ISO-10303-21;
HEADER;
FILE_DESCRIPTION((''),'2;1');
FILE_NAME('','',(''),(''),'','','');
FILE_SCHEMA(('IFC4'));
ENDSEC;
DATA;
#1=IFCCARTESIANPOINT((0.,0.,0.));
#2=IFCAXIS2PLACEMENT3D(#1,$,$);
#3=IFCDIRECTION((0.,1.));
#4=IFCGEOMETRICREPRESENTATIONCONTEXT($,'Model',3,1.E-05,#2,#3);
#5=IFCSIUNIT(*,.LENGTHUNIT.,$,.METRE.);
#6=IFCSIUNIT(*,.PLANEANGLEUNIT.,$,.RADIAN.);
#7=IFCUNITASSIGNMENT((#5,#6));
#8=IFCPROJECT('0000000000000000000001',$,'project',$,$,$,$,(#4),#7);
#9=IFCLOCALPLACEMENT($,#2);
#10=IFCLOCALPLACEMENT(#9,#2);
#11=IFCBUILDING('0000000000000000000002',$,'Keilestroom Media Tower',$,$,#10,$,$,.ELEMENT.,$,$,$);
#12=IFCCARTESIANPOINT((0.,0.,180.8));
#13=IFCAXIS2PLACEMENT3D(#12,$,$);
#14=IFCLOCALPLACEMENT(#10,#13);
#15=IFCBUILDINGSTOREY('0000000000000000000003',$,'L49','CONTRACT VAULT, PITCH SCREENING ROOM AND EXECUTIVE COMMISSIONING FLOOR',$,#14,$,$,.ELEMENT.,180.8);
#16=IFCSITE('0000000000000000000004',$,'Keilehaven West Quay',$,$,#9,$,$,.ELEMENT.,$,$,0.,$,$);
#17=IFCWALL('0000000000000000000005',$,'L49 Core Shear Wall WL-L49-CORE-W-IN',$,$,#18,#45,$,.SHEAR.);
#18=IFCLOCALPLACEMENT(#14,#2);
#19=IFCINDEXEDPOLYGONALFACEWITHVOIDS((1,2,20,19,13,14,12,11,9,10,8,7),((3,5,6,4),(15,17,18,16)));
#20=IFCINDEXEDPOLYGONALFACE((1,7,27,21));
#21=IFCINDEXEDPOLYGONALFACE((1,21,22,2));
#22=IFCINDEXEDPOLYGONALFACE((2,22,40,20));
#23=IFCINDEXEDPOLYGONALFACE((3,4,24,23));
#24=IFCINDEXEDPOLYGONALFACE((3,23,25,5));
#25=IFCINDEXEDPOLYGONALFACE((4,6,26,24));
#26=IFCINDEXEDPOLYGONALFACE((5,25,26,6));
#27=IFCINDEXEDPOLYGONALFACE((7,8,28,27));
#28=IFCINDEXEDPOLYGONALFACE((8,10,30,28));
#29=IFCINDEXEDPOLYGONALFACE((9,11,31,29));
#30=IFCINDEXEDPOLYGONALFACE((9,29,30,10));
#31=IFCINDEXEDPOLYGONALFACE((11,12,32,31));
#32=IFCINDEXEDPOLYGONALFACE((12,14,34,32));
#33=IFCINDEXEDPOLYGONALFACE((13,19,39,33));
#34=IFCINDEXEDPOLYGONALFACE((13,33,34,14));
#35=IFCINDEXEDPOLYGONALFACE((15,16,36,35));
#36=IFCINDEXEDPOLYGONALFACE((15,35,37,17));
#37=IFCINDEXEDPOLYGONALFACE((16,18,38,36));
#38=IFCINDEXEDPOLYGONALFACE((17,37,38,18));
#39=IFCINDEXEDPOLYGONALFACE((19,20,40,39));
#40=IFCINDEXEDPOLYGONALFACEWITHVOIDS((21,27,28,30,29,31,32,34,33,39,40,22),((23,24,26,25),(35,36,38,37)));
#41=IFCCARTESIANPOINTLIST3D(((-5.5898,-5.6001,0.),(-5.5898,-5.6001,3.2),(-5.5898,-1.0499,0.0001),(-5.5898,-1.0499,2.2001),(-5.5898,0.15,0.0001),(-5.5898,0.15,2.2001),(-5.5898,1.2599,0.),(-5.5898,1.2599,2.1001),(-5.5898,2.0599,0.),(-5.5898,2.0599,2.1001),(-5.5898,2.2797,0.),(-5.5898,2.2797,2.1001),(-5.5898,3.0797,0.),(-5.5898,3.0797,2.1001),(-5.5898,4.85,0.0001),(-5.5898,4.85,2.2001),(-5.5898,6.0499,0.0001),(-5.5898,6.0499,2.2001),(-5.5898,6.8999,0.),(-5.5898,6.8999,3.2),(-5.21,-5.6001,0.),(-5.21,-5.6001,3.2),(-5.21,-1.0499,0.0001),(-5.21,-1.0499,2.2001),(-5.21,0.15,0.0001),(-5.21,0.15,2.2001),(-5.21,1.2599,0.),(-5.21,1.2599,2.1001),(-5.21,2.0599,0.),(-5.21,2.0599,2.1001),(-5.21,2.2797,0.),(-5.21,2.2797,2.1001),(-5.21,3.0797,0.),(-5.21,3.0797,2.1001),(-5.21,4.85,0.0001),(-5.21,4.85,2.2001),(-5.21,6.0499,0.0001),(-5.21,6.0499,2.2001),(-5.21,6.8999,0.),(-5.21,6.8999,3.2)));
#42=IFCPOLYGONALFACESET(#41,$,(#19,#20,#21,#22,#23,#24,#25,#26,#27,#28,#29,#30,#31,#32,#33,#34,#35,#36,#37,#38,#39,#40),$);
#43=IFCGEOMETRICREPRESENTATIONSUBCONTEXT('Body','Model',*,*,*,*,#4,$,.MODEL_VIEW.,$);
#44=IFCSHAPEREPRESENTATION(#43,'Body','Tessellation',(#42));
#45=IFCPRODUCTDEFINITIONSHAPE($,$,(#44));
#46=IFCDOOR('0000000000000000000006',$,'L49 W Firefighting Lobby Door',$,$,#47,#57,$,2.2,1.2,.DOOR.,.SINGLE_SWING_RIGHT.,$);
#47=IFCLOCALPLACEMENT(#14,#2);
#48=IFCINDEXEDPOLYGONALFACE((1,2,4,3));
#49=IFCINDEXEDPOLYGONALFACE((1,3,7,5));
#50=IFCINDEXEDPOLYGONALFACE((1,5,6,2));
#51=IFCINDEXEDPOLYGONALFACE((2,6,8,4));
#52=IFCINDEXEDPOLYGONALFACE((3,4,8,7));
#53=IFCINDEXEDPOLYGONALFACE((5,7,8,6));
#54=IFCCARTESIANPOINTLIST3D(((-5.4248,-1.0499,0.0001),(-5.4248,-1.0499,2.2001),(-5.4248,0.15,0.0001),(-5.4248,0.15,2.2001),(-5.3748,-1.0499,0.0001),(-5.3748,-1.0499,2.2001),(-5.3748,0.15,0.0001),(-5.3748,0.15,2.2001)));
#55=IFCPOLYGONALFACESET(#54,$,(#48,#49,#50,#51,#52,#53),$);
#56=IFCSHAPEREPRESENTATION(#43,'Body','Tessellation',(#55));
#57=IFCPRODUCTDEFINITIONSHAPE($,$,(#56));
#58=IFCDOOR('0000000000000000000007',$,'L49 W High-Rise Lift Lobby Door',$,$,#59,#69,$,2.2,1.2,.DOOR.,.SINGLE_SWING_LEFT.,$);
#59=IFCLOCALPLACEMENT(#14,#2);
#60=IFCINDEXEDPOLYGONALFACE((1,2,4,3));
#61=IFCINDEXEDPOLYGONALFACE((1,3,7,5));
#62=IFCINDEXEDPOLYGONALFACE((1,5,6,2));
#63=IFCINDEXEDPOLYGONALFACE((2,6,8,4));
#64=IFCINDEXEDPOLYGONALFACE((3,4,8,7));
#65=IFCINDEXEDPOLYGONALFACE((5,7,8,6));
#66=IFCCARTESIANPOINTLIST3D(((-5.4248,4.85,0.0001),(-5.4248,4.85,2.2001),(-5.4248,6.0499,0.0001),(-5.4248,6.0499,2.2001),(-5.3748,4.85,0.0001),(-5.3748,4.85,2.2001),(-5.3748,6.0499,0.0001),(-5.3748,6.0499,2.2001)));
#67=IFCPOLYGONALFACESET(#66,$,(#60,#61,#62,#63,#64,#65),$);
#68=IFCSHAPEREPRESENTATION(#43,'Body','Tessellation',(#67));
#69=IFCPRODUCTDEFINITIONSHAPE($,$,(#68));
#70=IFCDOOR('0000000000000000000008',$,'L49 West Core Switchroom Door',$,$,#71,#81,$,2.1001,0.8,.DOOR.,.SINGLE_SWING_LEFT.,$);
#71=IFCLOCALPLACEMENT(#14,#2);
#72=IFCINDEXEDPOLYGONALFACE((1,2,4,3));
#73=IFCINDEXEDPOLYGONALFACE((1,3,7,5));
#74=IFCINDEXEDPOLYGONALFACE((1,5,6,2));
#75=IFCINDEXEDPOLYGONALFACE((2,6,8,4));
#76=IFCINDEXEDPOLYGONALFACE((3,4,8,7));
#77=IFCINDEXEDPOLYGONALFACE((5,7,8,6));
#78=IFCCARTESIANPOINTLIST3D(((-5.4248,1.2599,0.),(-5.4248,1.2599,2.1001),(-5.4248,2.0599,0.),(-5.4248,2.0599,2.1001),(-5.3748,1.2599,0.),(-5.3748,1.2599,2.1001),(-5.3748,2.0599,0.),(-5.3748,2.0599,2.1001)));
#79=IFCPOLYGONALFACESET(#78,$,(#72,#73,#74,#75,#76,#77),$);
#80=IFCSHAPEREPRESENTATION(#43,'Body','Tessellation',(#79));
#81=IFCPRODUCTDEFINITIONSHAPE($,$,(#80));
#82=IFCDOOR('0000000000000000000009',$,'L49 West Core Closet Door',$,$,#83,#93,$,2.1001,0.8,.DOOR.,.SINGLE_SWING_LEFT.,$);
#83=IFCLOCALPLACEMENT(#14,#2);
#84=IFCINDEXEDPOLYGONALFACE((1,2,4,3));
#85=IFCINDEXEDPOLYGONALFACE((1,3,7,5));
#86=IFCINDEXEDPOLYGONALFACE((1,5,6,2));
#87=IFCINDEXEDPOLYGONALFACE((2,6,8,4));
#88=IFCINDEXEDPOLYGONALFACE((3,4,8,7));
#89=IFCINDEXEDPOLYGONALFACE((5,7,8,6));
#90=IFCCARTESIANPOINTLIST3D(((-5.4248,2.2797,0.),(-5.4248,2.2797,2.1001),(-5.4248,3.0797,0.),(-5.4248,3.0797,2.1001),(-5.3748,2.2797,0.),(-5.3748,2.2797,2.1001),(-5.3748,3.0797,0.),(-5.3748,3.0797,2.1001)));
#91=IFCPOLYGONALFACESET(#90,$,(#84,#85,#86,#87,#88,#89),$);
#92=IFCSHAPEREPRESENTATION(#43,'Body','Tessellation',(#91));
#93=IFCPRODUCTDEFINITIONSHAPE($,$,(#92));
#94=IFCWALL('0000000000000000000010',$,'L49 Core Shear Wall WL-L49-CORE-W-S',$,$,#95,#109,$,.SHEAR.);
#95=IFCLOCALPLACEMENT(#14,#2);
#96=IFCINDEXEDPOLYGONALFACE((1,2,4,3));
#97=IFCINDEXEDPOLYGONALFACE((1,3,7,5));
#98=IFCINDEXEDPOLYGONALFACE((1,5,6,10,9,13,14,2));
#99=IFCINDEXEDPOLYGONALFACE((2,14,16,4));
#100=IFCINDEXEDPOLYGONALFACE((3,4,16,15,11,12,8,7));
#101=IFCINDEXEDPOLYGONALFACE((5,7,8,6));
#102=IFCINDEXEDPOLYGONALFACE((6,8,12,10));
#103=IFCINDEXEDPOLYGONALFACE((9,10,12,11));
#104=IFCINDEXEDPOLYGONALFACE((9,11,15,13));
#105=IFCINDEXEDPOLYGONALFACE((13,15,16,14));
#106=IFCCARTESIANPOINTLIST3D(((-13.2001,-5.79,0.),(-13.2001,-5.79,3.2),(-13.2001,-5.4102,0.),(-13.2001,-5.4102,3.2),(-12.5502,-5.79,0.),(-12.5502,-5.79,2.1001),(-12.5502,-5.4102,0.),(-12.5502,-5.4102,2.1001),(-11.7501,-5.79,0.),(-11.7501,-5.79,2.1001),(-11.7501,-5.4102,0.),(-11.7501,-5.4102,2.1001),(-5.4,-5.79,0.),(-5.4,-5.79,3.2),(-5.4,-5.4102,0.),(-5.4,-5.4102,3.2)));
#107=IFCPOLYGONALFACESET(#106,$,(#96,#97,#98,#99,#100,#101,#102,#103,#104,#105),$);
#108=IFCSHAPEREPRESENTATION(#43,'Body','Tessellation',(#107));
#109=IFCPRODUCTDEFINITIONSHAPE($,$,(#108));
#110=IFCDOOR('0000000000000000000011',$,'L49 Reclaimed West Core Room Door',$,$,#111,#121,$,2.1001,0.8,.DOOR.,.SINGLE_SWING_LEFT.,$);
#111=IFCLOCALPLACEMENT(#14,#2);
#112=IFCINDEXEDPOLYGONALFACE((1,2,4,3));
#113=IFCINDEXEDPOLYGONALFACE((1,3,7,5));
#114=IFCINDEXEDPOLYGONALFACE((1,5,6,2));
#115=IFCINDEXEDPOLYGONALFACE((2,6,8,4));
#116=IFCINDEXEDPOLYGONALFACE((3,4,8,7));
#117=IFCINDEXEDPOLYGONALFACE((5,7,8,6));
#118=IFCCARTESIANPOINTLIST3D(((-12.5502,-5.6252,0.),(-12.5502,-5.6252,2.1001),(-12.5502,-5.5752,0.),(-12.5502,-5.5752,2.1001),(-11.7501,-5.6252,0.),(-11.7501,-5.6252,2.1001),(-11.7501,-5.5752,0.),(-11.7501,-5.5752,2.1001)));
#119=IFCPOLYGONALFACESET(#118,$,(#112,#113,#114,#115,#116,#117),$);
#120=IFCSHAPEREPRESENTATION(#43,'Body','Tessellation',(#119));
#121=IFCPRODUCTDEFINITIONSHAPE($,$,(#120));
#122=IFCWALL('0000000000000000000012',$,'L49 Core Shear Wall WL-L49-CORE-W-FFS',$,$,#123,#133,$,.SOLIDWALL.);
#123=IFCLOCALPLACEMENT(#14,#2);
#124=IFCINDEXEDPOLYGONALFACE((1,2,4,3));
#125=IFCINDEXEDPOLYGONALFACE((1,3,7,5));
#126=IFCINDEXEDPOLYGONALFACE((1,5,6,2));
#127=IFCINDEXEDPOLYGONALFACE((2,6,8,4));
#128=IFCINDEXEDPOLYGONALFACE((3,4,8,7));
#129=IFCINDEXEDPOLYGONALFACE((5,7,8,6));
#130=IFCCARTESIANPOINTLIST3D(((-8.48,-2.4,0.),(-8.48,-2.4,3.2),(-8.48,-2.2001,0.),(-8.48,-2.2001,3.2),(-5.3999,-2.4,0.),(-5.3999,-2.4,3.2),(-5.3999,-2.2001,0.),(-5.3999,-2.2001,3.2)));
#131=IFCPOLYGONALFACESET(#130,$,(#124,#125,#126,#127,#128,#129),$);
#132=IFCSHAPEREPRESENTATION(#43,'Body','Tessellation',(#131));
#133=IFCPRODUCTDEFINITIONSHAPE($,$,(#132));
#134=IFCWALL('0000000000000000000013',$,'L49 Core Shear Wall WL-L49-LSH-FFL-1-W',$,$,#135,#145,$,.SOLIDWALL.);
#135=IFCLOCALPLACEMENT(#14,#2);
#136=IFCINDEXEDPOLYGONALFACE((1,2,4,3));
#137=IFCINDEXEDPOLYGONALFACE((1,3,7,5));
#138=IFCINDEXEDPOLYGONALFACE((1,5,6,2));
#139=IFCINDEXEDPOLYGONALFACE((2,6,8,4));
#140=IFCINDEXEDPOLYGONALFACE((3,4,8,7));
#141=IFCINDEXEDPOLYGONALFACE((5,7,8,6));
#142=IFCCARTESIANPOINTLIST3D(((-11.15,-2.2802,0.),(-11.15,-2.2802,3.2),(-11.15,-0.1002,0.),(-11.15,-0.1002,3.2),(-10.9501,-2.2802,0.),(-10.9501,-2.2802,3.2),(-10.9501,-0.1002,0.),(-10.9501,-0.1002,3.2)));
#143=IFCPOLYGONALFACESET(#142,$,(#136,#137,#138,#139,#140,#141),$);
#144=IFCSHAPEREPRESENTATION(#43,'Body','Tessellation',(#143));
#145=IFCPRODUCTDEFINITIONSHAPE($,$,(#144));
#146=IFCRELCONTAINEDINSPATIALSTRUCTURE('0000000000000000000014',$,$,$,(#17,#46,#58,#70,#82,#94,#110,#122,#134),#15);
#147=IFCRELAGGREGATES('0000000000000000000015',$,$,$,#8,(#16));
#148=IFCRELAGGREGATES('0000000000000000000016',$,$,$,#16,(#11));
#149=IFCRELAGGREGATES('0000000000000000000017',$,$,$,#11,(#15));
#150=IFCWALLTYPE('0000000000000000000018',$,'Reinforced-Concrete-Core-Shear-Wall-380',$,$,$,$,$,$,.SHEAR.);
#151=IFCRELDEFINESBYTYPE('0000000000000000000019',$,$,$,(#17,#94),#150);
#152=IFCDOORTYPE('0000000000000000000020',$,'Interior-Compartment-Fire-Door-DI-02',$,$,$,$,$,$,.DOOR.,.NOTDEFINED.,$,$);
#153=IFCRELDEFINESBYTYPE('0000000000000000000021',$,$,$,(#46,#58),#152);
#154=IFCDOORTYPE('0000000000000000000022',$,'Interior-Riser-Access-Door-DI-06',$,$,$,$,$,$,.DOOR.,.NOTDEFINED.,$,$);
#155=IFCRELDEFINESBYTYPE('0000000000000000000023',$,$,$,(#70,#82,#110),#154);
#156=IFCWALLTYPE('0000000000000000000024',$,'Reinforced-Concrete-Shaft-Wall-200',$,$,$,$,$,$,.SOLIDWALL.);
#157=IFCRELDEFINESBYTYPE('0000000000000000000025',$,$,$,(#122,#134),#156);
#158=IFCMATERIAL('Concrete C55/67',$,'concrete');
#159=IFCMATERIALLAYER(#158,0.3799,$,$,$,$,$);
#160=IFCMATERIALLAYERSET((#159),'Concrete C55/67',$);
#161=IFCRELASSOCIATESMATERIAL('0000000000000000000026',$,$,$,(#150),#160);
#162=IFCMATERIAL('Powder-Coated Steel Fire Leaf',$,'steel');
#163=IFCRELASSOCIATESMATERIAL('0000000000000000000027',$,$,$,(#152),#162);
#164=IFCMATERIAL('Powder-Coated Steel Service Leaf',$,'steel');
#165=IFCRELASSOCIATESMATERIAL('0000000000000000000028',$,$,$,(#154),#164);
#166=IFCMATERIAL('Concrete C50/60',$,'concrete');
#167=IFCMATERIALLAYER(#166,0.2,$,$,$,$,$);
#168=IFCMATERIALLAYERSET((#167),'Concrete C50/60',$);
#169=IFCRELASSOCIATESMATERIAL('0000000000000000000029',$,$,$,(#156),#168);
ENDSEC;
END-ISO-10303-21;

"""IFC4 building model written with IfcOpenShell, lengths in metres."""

from ifc_helpers import new_model, si_unit, direction, frame, frame_2d, origin, place, context, subcontext, project, spatial, rectangle, extrude, source, transform, mapped, material, layer, layer_set, type_object, element, fill, save


model = new_model("IFC4")

# Units and contexts
model_context = context("Model", 3, precision=1e-05, world=origin(), true_north=direction((0.0, 1.0)))
body_context = subcontext(model_context, "Body", "Model", "MODEL_VIEW")
ifc_project = project(units=[si_unit("LENGTHUNIT", "METRE"), si_unit("PLANEANGLEUNIT", "RADIAN")], contexts=[model_context])

# Site, building, storey
site_placement = place(None, origin())
site = spatial("IfcSite", under=ifc_project, at=site_placement, Name="Keilehaven West Quay", CompositionType="ELEMENT", RefElevation=0.0)
building_placement = place(site_placement, origin())
building = spatial("IfcBuilding", under=site, at=building_placement, Name="Keilestroom Media Tower", CompositionType="ELEMENT")
storey_placement = place(building_placement, frame((0.0, 0.0, 180.8)))
storey = spatial("IfcBuildingStorey", under=building, at=storey_placement, Name="L49", Description="CONTRACT VAULT, PITCH SCREENING ROOM AND EXECUTIVE COMMISSIONING FLOOR", CompositionType="ELEMENT", Elevation=180.8)

# Shared definitions
ifc_material_1 = material(Name="Concrete C55/67", Category="concrete")
ifc_layer_1 = layer(ifc_material_1, 0.3799)
ifc_layer_set_1 = layer_set([ifc_layer_1], Name="Concrete C55/67")
wall_type_1 = type_object("IfcWallType", Name="Reinforced-Concrete-Core-Shear-Wall-380", PredefinedType="SHEAR", material=ifc_layer_set_1)

# Wall, openings, doors
wall_1_placement = place(storey_placement, frame((-5.3999, -5.6001, 0.0), z_axis=(0.0, 0.0, 1.0), x_axis=(0.0, 1.0, 0.0)))
wall_1 = element("IfcWall", 1, at=wall_1_placement, inside=storey, type_object=wall_type_1, Name="L49 Core Shear Wall WL-L49-CORE-W-IN", PredefinedType="SHEAR", context=body_context, shape_type="SweptSolid", body=[
    extrude(rectangle(XDim=12.5, YDim=0.3799, at=frame_2d((6.25, 0.0))), origin(), (0.0, 0.0, 1.0), 3.2),
])
opening_1_placement = place(wall_1_placement, frame((4.55, 0.0, 0.0)))
opening_1 = element("IfcOpeningElement", 2, at=opening_1_placement, cuts=wall_1, PredefinedType="OPENING", context=body_context, shape_type="SweptSolid", body=[
    extrude(rectangle(XDim=1.2, YDim=2.2, at=frame_2d((0.6001, 1.1001))), frame((0.0, 0.2, 0.0), z_axis=(0.0, -1.0, 0.0), x_axis=(1.0, 0.0, 0.0)), (0.0, 0.0, 1.0), 0.3999),
])
opening_2_placement = place(wall_1_placement, frame((10.45, 0.0, 0.0)))
opening_2 = element("IfcOpeningElement", 3, at=opening_2_placement, cuts=wall_1, PredefinedType="OPENING", context=body_context, shape_type="SweptSolid", body=[
    extrude(rectangle(XDim=1.2, YDim=2.2, at=frame_2d((0.6001, 1.1001))), frame((0.0, 0.2, 0.0), z_axis=(0.0, -1.0, 0.0), x_axis=(1.0, 0.0, 0.0)), (0.0, 0.0, 1.0), 0.3999),
])
opening_3_placement = place(wall_1_placement, frame((6.8601, 0.0, 0.0)))
opening_3 = element("IfcOpeningElement", 4, at=opening_3_placement, cuts=wall_1, PredefinedType="OPENING", context=body_context, shape_type="SweptSolid", body=[
    extrude(rectangle(XDim=0.8, YDim=2.1001, at=frame_2d((0.3999, 1.05))), frame((0.0, 0.2, 0.0), z_axis=(0.0, -1.0, 0.0), x_axis=(1.0, 0.0, 0.0)), (0.0, 0.0, 1.0), 0.3999),
])
opening_4_placement = place(wall_1_placement, frame((7.8799, 0.0, 0.0)))
opening_4 = element("IfcOpeningElement", 5, at=opening_4_placement, cuts=wall_1, PredefinedType="OPENING", context=body_context, shape_type="SweptSolid", body=[
    extrude(rectangle(XDim=0.8, YDim=2.1001, at=frame_2d((0.3999, 1.05))), frame((0.0, 0.2, 0.0), z_axis=(0.0, -1.0, 0.0), x_axis=(1.0, 0.0, 0.0)), (0.0, 0.0, 1.0), 0.3999),
])
ifc_material_2 = material(Name="Powder-Coated Steel Fire Leaf", Category="steel")
door_type_1 = type_object("IfcDoorType", Name="Interior-Compartment-Fire-Door-DI-02", OperationType="NOTDEFINED", PredefinedType="DOOR", material=ifc_material_2)
shared_shape_1 = source(origin(), body_context, "Body", "SweptSolid", [
    extrude(rectangle(XDim=1.2, YDim=2.2, at=frame_2d((0.6001, 1.1001))), frame((0.0, 0.0249, 0.0), z_axis=(0.0, -1.0, 0.0), x_axis=(1.0, 0.0, 0.0)), (0.0, 0.0, 1.0), 0.05),
])
door_1_placement = place(opening_1_placement, origin())
door_1 = element("IfcDoor", 6, at=door_1_placement, inside=storey, type_object=door_type_1, Name="L49 W Firefighting Lobby Door", OperationType="SINGLE_SWING_RIGHT", OverallHeight=2.2, OverallWidth=1.2, PredefinedType="DOOR", context=body_context, shape_type="MappedRepresentation", body=[
    mapped(shared_shape_1, transform((0.0, 0.0, 0.0), x_axis=(1.0, 0.0, 0.0), y_axis=(0.0, 1.0, 0.0), z_axis=(0.0, 0.0, 1.0), scale=1.0)),
])
fill(opening_1, door_1)
door_2_placement = place(opening_2_placement, origin())
door_2 = element("IfcDoor", 7, at=door_2_placement, inside=storey, type_object=door_type_1, Name="L49 W High-Rise Lift Lobby Door", OperationType="SINGLE_SWING_LEFT", OverallHeight=2.2, OverallWidth=1.2, PredefinedType="DOOR", context=body_context, shape_type="MappedRepresentation", body=[
    mapped(shared_shape_1, transform((0.0, 0.0, 0.0), x_axis=(1.0, 0.0, 0.0), y_axis=(0.0, 1.0, 0.0), z_axis=(0.0, 0.0, 1.0), scale=1.0)),
])
fill(opening_2, door_2)
ifc_material_3 = material(Name="Powder-Coated Steel Service Leaf", Category="steel")
door_type_2 = type_object("IfcDoorType", Name="Interior-Riser-Access-Door-DI-06", OperationType="NOTDEFINED", PredefinedType="DOOR", material=ifc_material_3)
shared_shape_2 = source(origin(), body_context, "Body", "SweptSolid", [
    extrude(rectangle(XDim=0.8, YDim=2.1001, at=frame_2d((0.3999, 1.05))), frame((0.0, 0.0249, 0.0), z_axis=(0.0, -1.0, 0.0), x_axis=(1.0, 0.0, 0.0)), (0.0, 0.0, 1.0), 0.05),
])
door_3_placement = place(opening_3_placement, origin())
door_3 = element("IfcDoor", 8, at=door_3_placement, inside=storey, type_object=door_type_2, Name="L49 West Core Switchroom Door", OperationType="SINGLE_SWING_LEFT", OverallHeight=2.1001, OverallWidth=0.8, PredefinedType="DOOR", context=body_context, shape_type="MappedRepresentation", body=[
    mapped(shared_shape_2, transform((0.0, 0.0, 0.0), x_axis=(1.0, 0.0, 0.0), y_axis=(0.0, 1.0, 0.0), z_axis=(0.0, 0.0, 1.0), scale=1.0)),
])
fill(opening_3, door_3)
door_4_placement = place(opening_4_placement, origin())
door_4 = element("IfcDoor", 9, at=door_4_placement, inside=storey, type_object=door_type_2, Name="L49 West Core Closet Door", OperationType="SINGLE_SWING_LEFT", OverallHeight=2.1001, OverallWidth=0.8, PredefinedType="DOOR", context=body_context, shape_type="MappedRepresentation", body=[
    mapped(shared_shape_2, transform((0.0, 0.0, 0.0), x_axis=(1.0, 0.0, 0.0), y_axis=(0.0, 1.0, 0.0), z_axis=(0.0, 0.0, 1.0), scale=1.0)),
])
fill(opening_4, door_4)

# Wall, opening, door
wall_2_placement = place(storey_placement, frame((-13.2, -5.6001, 0.0), z_axis=(0.0, 0.0, 1.0), x_axis=(1.0, 0.0, 0.0)))
wall_2 = element("IfcWall", 10, at=wall_2_placement, inside=storey, type_object=wall_type_1, Name="L49 Core Shear Wall WL-L49-CORE-W-S", PredefinedType="SHEAR", context=body_context, shape_type="SweptSolid", body=[
    extrude(rectangle(XDim=7.8, YDim=0.3799, at=frame_2d((3.8999, 0.0))), origin(), (0.0, 0.0, 1.0), 3.2),
])
opening_5_placement = place(wall_2_placement, frame((0.6499, 0.0, 0.0)))
opening_5 = element("IfcOpeningElement", 11, at=opening_5_placement, cuts=wall_2, PredefinedType="OPENING", context=body_context, shape_type="SweptSolid", body=[
    extrude(rectangle(XDim=0.8, YDim=2.1001, at=frame_2d((0.3999, 1.05))), frame((0.0, 0.2, 0.0), z_axis=(0.0, -1.0, 0.0), x_axis=(1.0, 0.0, 0.0)), (0.0, 0.0, 1.0), 0.3999),
])
door_5_placement = place(opening_5_placement, origin())
door_5 = element("IfcDoor", 12, at=door_5_placement, inside=storey, type_object=door_type_2, Name="L49 Reclaimed West Core Room Door", OperationType="SINGLE_SWING_LEFT", OverallHeight=2.1001, OverallWidth=0.8, PredefinedType="DOOR", context=body_context, shape_type="MappedRepresentation", body=[
    mapped(shared_shape_2, transform((0.0, 0.0, 0.0), x_axis=(1.0, 0.0, 0.0), y_axis=(0.0, 1.0, 0.0), z_axis=(0.0, 0.0, 1.0), scale=1.0)),
])
fill(opening_5, door_5)

# Walls
ifc_material_4 = material(Name="Concrete C50/60", Category="concrete")
ifc_layer_2 = layer(ifc_material_4, 0.2)
ifc_layer_set_2 = layer_set([ifc_layer_2], Name="Concrete C50/60")
wall_type_2 = type_object("IfcWallType", Name="Reinforced-Concrete-Shaft-Wall-200", PredefinedType="SOLIDWALL", material=ifc_layer_set_2)
wall_3_placement = place(storey_placement, frame((-8.48, -2.3, 0.0), z_axis=(0.0, 0.0, 1.0), x_axis=(1.0, 0.0, 0.0)))
element("IfcWall", 13, at=wall_3_placement, inside=storey, type_object=wall_type_2, Name="L49 Core Shear Wall WL-L49-CORE-W-FFS", PredefinedType="SOLIDWALL", context=body_context, shape_type="SweptSolid", body=[
    extrude(rectangle(XDim=3.0801, YDim=0.2, at=frame_2d((1.54, 0.0))), origin(), (0.0, 0.0, 1.0), 3.2),
])
wall_4_placement = place(storey_placement, frame((-11.05, -2.28, 0.0), z_axis=(0.0, 0.0, 1.0), x_axis=(0.0, 1.0, 0.0)))
element("IfcWall", 14, at=wall_4_placement, inside=storey, type_object=wall_type_2, Name="L49 Core Shear Wall WL-L49-LSH-FFL-1-W", PredefinedType="SOLIDWALL", context=body_context, shape_type="SweptSolid", body=[
    extrude(rectangle(XDim=2.1799, YDim=0.2, at=frame_2d((1.0898, 0.0))), origin(), (0.0, 0.0, 1.0), 3.2),
])

save(model, "model.ifc")
